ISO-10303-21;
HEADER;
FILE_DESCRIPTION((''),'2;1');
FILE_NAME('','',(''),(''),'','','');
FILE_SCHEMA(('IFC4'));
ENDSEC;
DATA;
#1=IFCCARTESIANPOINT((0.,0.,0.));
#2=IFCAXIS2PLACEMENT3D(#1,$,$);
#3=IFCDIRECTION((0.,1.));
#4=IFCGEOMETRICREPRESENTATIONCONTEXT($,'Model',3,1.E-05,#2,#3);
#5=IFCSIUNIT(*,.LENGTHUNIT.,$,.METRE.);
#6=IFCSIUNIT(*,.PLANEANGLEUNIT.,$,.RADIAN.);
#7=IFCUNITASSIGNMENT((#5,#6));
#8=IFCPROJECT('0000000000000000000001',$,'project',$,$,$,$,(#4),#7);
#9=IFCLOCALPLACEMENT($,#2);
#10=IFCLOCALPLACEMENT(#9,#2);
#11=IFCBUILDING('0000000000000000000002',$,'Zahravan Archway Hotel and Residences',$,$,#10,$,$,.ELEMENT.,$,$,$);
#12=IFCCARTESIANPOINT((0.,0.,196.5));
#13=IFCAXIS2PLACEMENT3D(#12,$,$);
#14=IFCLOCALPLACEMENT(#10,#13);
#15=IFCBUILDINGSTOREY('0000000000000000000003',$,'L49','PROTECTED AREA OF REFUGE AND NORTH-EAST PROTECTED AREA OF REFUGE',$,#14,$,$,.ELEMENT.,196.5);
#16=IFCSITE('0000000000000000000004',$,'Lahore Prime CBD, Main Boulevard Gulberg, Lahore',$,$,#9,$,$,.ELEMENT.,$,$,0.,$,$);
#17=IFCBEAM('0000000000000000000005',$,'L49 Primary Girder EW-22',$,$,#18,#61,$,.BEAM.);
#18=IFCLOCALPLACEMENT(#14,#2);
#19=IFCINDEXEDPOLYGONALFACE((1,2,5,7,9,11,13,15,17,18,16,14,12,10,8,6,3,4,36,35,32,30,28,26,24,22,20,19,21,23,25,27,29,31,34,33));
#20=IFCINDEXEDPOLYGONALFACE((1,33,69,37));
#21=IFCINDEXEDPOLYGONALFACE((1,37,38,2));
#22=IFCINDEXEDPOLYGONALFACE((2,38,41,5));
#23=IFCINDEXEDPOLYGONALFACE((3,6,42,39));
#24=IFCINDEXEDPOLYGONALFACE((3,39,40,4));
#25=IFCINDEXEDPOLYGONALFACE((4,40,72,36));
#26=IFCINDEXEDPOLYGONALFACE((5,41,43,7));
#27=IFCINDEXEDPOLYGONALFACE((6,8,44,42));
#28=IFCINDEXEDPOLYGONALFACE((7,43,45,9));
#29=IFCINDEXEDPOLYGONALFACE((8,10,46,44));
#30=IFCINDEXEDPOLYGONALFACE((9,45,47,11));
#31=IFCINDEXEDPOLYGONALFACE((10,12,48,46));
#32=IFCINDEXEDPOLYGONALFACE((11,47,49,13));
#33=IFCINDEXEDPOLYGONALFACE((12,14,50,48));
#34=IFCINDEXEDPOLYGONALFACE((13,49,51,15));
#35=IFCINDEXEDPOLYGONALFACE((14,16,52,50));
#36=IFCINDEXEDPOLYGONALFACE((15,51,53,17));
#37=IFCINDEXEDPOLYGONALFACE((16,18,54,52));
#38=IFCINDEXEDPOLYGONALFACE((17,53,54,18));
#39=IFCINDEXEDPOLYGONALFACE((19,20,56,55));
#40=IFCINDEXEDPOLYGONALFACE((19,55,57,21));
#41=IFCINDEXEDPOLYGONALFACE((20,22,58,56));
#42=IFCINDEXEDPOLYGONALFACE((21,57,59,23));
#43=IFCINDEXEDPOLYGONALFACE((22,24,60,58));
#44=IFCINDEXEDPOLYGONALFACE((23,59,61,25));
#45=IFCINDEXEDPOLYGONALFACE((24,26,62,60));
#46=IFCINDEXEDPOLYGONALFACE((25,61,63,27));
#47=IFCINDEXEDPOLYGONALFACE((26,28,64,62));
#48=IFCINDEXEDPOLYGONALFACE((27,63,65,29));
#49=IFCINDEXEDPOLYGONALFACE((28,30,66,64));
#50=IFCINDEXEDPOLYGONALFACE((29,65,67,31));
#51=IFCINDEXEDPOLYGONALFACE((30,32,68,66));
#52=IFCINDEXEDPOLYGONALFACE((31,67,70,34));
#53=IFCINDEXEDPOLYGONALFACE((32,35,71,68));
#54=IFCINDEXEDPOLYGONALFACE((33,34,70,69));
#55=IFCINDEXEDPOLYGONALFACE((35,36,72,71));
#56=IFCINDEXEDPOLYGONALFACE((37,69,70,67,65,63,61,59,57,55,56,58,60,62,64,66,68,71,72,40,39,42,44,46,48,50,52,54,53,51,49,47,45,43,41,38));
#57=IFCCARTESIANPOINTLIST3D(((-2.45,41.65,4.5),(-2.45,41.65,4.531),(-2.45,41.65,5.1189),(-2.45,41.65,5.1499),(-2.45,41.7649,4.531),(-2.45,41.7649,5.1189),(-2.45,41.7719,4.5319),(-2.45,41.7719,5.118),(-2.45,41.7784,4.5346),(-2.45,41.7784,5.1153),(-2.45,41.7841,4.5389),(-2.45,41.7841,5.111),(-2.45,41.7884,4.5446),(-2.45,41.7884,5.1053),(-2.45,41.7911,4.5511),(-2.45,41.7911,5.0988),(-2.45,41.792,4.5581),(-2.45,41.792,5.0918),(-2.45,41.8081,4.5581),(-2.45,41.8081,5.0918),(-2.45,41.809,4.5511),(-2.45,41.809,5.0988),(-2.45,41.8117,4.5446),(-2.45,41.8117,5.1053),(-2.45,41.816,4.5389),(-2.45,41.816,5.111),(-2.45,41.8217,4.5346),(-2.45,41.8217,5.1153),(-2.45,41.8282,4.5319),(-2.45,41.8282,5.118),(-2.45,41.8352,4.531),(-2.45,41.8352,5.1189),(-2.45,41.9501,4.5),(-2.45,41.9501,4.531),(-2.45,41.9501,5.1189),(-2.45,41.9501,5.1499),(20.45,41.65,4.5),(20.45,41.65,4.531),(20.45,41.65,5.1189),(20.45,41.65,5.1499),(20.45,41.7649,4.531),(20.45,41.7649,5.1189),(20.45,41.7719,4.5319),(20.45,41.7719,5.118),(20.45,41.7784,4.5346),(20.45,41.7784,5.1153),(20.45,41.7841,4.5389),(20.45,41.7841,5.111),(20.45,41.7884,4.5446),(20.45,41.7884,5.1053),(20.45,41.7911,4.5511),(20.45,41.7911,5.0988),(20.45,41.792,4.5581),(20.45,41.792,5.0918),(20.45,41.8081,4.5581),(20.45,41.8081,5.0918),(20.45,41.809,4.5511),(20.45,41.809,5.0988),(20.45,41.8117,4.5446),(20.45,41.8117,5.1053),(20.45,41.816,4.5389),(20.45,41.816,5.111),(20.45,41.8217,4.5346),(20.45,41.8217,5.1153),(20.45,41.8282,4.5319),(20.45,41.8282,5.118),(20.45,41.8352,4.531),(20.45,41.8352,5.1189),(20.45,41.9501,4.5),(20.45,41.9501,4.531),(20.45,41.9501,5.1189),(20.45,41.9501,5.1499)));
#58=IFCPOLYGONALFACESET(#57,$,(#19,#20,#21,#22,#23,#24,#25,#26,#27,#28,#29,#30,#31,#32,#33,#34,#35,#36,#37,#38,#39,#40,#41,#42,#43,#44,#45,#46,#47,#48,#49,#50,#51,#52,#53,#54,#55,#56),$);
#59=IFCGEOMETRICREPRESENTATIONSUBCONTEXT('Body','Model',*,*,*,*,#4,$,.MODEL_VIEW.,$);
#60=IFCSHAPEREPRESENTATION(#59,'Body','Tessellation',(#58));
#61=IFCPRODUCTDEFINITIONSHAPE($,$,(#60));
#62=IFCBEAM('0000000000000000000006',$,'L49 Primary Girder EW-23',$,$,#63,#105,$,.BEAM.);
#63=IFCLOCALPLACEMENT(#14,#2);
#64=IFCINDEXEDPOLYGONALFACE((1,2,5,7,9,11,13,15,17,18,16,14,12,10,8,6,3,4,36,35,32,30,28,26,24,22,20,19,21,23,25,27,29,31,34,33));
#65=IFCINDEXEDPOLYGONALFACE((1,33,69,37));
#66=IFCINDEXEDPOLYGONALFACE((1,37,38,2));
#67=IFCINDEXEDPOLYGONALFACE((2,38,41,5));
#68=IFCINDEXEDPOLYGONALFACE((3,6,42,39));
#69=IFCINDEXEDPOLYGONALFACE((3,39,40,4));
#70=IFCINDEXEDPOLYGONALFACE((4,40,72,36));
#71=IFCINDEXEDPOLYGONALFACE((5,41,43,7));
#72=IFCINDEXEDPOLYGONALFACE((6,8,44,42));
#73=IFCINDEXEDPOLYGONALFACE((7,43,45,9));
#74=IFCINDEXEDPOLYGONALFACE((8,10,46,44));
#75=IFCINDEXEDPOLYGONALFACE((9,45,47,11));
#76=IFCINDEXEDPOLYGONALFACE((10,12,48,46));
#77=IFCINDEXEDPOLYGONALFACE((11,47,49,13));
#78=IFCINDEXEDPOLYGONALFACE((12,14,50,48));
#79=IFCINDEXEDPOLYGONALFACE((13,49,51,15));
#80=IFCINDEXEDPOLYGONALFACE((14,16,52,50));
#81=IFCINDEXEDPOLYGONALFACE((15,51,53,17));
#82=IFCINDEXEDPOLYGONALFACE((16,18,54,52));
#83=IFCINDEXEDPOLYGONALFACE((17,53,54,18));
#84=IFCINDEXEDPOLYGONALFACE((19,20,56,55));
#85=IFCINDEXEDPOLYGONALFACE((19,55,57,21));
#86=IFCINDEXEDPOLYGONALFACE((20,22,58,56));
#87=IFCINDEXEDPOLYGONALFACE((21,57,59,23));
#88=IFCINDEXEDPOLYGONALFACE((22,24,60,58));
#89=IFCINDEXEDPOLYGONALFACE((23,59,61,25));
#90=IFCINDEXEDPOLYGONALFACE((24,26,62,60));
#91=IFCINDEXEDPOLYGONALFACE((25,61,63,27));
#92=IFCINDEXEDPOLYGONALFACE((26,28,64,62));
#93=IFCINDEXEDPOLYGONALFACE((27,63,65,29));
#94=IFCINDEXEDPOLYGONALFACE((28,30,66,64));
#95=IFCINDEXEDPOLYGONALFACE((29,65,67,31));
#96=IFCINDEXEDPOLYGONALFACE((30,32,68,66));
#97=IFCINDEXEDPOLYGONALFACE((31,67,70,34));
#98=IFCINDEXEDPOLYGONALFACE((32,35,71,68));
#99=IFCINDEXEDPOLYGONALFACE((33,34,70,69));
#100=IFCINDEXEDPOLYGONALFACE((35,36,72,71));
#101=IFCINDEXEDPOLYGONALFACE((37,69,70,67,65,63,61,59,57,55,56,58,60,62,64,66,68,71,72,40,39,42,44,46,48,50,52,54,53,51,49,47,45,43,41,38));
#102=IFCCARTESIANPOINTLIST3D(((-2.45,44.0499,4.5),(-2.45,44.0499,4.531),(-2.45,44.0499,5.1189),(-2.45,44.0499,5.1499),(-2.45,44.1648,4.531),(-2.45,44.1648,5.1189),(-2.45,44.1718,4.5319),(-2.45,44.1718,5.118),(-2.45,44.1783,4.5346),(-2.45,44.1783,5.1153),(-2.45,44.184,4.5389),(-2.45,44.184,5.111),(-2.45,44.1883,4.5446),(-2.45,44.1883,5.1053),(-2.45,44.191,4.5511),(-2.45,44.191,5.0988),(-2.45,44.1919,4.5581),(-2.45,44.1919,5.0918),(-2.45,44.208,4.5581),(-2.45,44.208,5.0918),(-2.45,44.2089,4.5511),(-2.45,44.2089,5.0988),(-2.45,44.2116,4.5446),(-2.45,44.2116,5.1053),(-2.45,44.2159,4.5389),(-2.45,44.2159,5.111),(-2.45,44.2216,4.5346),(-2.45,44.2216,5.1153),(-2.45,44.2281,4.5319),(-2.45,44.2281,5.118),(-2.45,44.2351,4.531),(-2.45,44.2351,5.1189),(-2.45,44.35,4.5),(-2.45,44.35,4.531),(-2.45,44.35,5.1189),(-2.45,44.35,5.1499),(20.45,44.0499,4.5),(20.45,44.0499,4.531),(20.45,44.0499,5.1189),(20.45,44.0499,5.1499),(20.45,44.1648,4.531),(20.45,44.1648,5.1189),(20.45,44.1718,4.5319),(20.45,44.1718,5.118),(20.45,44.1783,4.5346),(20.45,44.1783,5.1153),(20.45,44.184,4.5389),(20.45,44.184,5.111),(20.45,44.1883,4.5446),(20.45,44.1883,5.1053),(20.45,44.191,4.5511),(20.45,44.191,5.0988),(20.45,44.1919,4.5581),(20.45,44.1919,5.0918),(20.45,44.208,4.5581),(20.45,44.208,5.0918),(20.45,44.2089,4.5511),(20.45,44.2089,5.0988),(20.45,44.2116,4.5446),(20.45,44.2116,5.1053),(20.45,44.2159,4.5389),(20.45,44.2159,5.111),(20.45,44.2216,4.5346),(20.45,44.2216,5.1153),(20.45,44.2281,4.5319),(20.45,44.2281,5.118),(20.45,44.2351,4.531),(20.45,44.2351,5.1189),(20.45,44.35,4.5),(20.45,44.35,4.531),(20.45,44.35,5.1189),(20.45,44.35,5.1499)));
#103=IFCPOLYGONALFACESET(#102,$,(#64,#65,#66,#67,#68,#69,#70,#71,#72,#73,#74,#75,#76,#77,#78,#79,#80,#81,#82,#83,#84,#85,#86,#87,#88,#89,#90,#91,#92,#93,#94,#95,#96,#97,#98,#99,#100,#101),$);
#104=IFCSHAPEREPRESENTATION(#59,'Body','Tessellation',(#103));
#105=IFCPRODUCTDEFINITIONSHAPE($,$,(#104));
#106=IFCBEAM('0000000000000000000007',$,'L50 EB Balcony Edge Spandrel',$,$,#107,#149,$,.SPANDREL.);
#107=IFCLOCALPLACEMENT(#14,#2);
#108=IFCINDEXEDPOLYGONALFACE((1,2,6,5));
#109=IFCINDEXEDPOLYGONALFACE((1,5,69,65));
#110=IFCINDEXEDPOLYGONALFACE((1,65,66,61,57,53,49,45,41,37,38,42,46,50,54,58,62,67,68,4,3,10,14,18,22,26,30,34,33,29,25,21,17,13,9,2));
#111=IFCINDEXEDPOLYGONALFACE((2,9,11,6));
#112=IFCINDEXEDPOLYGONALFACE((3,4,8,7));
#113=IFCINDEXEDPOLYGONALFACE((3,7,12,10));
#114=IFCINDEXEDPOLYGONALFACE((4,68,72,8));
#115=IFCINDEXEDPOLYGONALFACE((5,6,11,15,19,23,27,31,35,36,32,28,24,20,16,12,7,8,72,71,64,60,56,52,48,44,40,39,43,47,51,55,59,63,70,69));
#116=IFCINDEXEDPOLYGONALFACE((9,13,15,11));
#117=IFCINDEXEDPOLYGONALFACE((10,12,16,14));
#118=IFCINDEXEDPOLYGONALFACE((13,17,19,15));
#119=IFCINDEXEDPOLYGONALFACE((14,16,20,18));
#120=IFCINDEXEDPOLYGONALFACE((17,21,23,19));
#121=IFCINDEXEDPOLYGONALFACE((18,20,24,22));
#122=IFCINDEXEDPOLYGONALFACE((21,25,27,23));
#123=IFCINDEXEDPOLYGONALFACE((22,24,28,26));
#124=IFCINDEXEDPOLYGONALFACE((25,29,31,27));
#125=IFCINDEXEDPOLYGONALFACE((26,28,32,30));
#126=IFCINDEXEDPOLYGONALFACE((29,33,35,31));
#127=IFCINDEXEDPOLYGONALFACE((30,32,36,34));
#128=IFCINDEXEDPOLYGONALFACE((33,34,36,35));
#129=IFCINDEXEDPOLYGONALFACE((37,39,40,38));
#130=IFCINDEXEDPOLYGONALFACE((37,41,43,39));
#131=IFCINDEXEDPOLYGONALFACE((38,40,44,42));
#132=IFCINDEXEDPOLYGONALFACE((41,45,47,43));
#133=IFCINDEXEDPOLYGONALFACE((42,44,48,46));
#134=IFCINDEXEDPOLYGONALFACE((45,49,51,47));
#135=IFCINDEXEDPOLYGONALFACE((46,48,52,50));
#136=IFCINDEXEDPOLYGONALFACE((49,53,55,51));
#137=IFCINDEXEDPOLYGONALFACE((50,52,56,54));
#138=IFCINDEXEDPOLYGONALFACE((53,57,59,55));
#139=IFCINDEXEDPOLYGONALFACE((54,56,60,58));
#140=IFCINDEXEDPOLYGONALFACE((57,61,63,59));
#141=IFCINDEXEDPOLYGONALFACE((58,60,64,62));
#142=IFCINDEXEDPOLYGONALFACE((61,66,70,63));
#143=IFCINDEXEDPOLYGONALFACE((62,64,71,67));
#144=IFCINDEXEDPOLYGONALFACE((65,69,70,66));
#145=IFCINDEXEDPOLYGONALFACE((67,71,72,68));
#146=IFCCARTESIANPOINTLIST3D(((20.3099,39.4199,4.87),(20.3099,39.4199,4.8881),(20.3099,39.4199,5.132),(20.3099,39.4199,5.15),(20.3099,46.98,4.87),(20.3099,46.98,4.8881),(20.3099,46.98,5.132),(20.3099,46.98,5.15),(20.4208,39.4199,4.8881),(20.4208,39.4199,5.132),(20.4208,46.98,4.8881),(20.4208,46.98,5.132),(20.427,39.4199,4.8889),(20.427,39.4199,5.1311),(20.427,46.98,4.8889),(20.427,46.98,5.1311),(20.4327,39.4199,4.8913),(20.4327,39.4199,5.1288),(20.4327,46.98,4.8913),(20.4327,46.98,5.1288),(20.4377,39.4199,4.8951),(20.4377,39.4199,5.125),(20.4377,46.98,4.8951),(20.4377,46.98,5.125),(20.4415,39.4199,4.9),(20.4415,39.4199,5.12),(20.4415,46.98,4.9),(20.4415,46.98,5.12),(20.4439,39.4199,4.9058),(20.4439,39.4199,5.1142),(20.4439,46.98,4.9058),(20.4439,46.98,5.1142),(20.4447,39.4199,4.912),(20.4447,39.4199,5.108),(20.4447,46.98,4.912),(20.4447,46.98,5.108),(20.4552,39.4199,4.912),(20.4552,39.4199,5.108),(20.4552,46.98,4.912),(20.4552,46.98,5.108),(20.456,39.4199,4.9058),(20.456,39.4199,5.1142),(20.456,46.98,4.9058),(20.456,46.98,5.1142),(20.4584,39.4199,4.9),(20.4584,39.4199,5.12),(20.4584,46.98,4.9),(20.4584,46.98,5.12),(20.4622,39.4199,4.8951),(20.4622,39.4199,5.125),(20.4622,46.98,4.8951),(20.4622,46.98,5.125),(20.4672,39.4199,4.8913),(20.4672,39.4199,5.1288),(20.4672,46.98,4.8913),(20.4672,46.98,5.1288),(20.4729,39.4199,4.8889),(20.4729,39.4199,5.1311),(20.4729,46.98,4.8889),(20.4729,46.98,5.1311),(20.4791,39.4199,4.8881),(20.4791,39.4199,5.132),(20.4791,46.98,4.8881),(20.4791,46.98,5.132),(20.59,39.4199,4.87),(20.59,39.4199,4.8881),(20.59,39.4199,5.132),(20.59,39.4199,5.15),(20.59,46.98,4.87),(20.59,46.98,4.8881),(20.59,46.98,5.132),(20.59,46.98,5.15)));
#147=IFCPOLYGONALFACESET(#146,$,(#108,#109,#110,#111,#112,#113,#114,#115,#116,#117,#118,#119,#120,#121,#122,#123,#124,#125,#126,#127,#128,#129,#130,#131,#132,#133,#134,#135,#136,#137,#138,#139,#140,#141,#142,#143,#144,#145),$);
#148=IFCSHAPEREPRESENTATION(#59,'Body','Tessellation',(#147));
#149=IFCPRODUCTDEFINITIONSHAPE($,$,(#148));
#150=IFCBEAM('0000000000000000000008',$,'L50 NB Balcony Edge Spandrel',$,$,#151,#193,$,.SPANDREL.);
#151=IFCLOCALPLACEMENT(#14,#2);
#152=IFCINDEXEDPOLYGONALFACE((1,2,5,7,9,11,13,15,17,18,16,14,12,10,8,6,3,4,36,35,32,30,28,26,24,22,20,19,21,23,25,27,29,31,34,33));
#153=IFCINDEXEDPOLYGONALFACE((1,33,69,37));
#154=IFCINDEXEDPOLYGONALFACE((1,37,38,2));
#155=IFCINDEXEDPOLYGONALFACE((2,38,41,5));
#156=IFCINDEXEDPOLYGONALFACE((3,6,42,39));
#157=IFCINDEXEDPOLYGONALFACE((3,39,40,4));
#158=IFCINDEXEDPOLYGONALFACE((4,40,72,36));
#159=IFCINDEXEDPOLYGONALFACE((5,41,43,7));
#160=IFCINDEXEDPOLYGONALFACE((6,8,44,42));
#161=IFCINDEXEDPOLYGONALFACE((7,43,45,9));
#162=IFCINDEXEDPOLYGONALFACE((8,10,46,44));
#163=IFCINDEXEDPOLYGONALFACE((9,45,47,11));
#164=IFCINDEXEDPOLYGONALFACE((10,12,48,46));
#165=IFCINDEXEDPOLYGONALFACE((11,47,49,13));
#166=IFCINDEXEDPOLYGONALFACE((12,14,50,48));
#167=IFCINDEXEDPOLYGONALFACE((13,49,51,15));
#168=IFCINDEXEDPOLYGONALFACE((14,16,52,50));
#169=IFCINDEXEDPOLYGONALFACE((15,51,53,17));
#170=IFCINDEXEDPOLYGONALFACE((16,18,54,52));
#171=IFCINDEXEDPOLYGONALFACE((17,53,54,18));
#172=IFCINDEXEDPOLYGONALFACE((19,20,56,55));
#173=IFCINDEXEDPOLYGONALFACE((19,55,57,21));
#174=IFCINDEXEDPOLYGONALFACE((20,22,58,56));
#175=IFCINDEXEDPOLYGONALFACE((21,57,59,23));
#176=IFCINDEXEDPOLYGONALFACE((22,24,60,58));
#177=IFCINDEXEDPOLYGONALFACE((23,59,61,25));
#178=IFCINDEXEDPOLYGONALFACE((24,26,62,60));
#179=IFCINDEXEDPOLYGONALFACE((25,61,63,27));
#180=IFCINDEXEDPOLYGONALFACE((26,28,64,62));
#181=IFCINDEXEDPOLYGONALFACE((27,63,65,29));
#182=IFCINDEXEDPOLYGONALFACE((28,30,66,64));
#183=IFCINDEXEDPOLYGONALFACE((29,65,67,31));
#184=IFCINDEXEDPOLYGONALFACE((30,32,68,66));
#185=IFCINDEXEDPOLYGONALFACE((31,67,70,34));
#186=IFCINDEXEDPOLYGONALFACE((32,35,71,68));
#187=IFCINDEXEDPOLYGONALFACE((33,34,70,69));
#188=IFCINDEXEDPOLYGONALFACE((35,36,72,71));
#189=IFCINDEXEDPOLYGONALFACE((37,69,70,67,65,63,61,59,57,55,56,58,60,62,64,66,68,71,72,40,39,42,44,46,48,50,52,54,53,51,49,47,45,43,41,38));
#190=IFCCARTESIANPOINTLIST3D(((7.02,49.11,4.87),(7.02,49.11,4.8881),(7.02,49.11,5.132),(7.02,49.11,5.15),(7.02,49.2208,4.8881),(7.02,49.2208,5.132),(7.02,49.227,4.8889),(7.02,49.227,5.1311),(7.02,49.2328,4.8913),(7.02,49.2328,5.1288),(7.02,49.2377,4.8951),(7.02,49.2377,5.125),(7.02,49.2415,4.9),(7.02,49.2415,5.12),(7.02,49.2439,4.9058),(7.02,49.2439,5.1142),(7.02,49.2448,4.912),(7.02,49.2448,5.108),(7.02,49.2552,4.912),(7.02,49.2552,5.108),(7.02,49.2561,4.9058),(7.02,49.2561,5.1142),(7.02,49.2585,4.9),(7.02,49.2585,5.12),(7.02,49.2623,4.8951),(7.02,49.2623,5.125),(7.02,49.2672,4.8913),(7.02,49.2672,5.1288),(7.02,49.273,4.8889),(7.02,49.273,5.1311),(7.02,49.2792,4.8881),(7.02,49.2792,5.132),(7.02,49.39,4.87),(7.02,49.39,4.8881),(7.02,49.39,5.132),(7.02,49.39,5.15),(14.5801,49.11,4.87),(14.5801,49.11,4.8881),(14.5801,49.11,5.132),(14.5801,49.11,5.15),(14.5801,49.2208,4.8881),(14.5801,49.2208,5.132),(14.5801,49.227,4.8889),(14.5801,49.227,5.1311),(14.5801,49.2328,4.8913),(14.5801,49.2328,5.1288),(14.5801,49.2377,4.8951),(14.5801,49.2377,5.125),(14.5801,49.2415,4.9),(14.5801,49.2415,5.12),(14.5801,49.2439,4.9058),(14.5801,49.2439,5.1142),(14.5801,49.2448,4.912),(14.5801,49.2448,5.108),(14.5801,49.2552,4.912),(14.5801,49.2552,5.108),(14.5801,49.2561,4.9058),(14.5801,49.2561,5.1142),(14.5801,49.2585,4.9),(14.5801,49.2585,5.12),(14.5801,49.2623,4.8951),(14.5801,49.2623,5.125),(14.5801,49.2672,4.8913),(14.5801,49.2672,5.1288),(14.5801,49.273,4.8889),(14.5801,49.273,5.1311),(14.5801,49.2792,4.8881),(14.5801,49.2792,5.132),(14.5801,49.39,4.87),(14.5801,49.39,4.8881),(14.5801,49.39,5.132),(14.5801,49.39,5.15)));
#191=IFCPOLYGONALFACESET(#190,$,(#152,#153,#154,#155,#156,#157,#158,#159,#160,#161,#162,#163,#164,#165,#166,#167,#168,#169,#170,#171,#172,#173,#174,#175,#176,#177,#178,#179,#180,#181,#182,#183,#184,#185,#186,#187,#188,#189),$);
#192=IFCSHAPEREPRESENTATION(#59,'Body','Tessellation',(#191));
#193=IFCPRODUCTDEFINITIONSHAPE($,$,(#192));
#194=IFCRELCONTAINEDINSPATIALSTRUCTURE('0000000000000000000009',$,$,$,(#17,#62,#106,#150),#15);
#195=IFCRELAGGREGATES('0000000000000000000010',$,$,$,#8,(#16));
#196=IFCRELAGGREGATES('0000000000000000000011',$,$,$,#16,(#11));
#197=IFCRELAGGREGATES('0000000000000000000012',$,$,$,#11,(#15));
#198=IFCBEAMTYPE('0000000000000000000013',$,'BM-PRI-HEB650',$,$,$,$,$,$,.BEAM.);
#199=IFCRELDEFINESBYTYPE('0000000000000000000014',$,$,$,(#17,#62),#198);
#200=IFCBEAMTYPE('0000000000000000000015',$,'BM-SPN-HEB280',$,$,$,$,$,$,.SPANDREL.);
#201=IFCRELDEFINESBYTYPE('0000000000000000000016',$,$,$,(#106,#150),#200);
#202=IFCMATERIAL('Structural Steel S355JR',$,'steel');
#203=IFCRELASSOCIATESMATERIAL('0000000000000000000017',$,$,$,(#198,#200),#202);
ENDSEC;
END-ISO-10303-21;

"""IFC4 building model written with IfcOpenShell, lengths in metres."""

from ifc_helpers import new_model, si_unit, direction, frame, origin, origin_2d, place, context, subcontext, project, spatial, i_section, extrude, source, transform, mapped, material, material_profile, profile_set, type_object, type_shapes, element, save


model = new_model("IFC4")

# Units and contexts
model_context = context("Model", 3, precision=1e-05, world=origin(), true_north=direction((0.0, 1.0)))
body_context = subcontext(model_context, "Body", "Model", "MODEL_VIEW")
ifc_project = project(units=[si_unit("LENGTHUNIT", "METRE"), si_unit("PLANEANGLEUNIT", "RADIAN")], contexts=[model_context])

# Site, building, storey
site_placement = place(None, origin())
site = spatial("IfcSite", under=ifc_project, at=site_placement, Name="Lahore Prime CBD, Main Boulevard Gulberg, Lahore", CompositionType="ELEMENT", RefElevation=0.0)
building_placement = place(site_placement, origin())
building = spatial("IfcBuilding", under=site, at=building_placement, Name="Zahravan Archway Hotel and Residences", CompositionType="ELEMENT")
storey_placement = place(building_placement, frame((0.0, 0.0, 196.5)))
storey = spatial("IfcBuildingStorey", under=building, at=storey_placement, Name="L49", Description="PROTECTED AREA OF REFUGE AND NORTH-EAST PROTECTED AREA OF REFUGE", CompositionType="ELEMENT", Elevation=196.5)

# Beams
ifc_material_1 = material(Name="Structural Steel S355JR", Category="steel")
ifc_material_profile_1 = material_profile(ifc_material_1, i_section(OverallWidth=0.3, OverallDepth=0.6499, WebThickness=0.0161, FlangeThickness=0.031, FilletRadius=0.0271, at=origin_2d()), Name="HEB 650", Category="steel")
ifc_profile_set_1 = profile_set([ifc_material_profile_1], Name="Structural Steel S355JR")
beam_type_1 = type_object("IfcBeamType", Name="BM-PRI-HEB650", PredefinedType="BEAM", material=ifc_profile_set_1)
shared_shape_1 = source(origin(), body_context, "Body", "SweptSolid", [
    extrude(i_section(OverallWidth=0.3, OverallDepth=0.6499, WebThickness=0.0161, FlangeThickness=0.031, FilletRadius=0.0271, at=origin_2d()), origin(), (0.0, 0.0, 1.0), 22.8999),
])
for number, where, z_axis, x_axis, name in (
    (1, (-2.45, 41.8, 4.825), (1.0, 0.0, 0.0), (0.0, 1.0, 0.0), "L49 Primary Girder EW-22"),
    (2, (-2.45, 44.2, 4.825), (1.0, 0.0, 0.0), (0.0, 1.0, 0.0), "L49 Primary Girder EW-23"),
):
    element("IfcBeam", number, at=place(storey_placement, frame(where, z_axis=z_axis, x_axis=x_axis)), inside=storey, type_object=beam_type_1, Name=name, PredefinedType="BEAM", context=body_context, shape_type="MappedRepresentation", body=[
        mapped(shared_shape_1, transform((0.0, 0.0, 0.0), scale=1.0)),
    ])
ifc_material_profile_2 = material_profile(ifc_material_1, i_section(OverallWidth=0.28, OverallDepth=0.28, WebThickness=0.0105, FlangeThickness=0.0181, FilletRadius=0.0239, at=origin_2d()), Name="HEB 280", Category="steel")
ifc_profile_set_2 = profile_set([ifc_material_profile_2], Name="Structural Steel S355JR")
beam_type_2 = type_object("IfcBeamType", Name="BM-SPN-HEB280", PredefinedType="SPANDREL", material=ifc_profile_set_2)
shared_shape_2 = source(origin(), body_context, "Body", "SweptSolid", [
    extrude(i_section(OverallWidth=0.28, OverallDepth=0.28, WebThickness=0.0105, FlangeThickness=0.0181, FilletRadius=0.0239, at=origin_2d()), origin(), (0.0, 0.0, 1.0), 7.5601),
])
type_shapes(beam_type_2, [shared_shape_2])
for number, where, z_axis, x_axis, name in (
    (3, (20.45, 39.4199, 5.01), (0.0, 1.0, 0.0), (-1.0, 0.0, 0.0), "L50 EB Balcony Edge Spandrel"),
    (4, (7.02, 49.25, 5.01), (1.0, 0.0, 0.0), (0.0, 1.0, 0.0), "L50 NB Balcony Edge Spandrel"),
):
    element("IfcBeam", number, at=place(storey_placement, frame(where, z_axis=z_axis, x_axis=x_axis)), inside=storey, type_object=beam_type_2, Name=name, PredefinedType="SPANDREL", context=body_context, shape_type="MappedRepresentation", body=[
        mapped(shared_shape_2, transform((0.0, 0.0, 0.0), scale=1.0)),
    ])

save(model, "model.ifc")
